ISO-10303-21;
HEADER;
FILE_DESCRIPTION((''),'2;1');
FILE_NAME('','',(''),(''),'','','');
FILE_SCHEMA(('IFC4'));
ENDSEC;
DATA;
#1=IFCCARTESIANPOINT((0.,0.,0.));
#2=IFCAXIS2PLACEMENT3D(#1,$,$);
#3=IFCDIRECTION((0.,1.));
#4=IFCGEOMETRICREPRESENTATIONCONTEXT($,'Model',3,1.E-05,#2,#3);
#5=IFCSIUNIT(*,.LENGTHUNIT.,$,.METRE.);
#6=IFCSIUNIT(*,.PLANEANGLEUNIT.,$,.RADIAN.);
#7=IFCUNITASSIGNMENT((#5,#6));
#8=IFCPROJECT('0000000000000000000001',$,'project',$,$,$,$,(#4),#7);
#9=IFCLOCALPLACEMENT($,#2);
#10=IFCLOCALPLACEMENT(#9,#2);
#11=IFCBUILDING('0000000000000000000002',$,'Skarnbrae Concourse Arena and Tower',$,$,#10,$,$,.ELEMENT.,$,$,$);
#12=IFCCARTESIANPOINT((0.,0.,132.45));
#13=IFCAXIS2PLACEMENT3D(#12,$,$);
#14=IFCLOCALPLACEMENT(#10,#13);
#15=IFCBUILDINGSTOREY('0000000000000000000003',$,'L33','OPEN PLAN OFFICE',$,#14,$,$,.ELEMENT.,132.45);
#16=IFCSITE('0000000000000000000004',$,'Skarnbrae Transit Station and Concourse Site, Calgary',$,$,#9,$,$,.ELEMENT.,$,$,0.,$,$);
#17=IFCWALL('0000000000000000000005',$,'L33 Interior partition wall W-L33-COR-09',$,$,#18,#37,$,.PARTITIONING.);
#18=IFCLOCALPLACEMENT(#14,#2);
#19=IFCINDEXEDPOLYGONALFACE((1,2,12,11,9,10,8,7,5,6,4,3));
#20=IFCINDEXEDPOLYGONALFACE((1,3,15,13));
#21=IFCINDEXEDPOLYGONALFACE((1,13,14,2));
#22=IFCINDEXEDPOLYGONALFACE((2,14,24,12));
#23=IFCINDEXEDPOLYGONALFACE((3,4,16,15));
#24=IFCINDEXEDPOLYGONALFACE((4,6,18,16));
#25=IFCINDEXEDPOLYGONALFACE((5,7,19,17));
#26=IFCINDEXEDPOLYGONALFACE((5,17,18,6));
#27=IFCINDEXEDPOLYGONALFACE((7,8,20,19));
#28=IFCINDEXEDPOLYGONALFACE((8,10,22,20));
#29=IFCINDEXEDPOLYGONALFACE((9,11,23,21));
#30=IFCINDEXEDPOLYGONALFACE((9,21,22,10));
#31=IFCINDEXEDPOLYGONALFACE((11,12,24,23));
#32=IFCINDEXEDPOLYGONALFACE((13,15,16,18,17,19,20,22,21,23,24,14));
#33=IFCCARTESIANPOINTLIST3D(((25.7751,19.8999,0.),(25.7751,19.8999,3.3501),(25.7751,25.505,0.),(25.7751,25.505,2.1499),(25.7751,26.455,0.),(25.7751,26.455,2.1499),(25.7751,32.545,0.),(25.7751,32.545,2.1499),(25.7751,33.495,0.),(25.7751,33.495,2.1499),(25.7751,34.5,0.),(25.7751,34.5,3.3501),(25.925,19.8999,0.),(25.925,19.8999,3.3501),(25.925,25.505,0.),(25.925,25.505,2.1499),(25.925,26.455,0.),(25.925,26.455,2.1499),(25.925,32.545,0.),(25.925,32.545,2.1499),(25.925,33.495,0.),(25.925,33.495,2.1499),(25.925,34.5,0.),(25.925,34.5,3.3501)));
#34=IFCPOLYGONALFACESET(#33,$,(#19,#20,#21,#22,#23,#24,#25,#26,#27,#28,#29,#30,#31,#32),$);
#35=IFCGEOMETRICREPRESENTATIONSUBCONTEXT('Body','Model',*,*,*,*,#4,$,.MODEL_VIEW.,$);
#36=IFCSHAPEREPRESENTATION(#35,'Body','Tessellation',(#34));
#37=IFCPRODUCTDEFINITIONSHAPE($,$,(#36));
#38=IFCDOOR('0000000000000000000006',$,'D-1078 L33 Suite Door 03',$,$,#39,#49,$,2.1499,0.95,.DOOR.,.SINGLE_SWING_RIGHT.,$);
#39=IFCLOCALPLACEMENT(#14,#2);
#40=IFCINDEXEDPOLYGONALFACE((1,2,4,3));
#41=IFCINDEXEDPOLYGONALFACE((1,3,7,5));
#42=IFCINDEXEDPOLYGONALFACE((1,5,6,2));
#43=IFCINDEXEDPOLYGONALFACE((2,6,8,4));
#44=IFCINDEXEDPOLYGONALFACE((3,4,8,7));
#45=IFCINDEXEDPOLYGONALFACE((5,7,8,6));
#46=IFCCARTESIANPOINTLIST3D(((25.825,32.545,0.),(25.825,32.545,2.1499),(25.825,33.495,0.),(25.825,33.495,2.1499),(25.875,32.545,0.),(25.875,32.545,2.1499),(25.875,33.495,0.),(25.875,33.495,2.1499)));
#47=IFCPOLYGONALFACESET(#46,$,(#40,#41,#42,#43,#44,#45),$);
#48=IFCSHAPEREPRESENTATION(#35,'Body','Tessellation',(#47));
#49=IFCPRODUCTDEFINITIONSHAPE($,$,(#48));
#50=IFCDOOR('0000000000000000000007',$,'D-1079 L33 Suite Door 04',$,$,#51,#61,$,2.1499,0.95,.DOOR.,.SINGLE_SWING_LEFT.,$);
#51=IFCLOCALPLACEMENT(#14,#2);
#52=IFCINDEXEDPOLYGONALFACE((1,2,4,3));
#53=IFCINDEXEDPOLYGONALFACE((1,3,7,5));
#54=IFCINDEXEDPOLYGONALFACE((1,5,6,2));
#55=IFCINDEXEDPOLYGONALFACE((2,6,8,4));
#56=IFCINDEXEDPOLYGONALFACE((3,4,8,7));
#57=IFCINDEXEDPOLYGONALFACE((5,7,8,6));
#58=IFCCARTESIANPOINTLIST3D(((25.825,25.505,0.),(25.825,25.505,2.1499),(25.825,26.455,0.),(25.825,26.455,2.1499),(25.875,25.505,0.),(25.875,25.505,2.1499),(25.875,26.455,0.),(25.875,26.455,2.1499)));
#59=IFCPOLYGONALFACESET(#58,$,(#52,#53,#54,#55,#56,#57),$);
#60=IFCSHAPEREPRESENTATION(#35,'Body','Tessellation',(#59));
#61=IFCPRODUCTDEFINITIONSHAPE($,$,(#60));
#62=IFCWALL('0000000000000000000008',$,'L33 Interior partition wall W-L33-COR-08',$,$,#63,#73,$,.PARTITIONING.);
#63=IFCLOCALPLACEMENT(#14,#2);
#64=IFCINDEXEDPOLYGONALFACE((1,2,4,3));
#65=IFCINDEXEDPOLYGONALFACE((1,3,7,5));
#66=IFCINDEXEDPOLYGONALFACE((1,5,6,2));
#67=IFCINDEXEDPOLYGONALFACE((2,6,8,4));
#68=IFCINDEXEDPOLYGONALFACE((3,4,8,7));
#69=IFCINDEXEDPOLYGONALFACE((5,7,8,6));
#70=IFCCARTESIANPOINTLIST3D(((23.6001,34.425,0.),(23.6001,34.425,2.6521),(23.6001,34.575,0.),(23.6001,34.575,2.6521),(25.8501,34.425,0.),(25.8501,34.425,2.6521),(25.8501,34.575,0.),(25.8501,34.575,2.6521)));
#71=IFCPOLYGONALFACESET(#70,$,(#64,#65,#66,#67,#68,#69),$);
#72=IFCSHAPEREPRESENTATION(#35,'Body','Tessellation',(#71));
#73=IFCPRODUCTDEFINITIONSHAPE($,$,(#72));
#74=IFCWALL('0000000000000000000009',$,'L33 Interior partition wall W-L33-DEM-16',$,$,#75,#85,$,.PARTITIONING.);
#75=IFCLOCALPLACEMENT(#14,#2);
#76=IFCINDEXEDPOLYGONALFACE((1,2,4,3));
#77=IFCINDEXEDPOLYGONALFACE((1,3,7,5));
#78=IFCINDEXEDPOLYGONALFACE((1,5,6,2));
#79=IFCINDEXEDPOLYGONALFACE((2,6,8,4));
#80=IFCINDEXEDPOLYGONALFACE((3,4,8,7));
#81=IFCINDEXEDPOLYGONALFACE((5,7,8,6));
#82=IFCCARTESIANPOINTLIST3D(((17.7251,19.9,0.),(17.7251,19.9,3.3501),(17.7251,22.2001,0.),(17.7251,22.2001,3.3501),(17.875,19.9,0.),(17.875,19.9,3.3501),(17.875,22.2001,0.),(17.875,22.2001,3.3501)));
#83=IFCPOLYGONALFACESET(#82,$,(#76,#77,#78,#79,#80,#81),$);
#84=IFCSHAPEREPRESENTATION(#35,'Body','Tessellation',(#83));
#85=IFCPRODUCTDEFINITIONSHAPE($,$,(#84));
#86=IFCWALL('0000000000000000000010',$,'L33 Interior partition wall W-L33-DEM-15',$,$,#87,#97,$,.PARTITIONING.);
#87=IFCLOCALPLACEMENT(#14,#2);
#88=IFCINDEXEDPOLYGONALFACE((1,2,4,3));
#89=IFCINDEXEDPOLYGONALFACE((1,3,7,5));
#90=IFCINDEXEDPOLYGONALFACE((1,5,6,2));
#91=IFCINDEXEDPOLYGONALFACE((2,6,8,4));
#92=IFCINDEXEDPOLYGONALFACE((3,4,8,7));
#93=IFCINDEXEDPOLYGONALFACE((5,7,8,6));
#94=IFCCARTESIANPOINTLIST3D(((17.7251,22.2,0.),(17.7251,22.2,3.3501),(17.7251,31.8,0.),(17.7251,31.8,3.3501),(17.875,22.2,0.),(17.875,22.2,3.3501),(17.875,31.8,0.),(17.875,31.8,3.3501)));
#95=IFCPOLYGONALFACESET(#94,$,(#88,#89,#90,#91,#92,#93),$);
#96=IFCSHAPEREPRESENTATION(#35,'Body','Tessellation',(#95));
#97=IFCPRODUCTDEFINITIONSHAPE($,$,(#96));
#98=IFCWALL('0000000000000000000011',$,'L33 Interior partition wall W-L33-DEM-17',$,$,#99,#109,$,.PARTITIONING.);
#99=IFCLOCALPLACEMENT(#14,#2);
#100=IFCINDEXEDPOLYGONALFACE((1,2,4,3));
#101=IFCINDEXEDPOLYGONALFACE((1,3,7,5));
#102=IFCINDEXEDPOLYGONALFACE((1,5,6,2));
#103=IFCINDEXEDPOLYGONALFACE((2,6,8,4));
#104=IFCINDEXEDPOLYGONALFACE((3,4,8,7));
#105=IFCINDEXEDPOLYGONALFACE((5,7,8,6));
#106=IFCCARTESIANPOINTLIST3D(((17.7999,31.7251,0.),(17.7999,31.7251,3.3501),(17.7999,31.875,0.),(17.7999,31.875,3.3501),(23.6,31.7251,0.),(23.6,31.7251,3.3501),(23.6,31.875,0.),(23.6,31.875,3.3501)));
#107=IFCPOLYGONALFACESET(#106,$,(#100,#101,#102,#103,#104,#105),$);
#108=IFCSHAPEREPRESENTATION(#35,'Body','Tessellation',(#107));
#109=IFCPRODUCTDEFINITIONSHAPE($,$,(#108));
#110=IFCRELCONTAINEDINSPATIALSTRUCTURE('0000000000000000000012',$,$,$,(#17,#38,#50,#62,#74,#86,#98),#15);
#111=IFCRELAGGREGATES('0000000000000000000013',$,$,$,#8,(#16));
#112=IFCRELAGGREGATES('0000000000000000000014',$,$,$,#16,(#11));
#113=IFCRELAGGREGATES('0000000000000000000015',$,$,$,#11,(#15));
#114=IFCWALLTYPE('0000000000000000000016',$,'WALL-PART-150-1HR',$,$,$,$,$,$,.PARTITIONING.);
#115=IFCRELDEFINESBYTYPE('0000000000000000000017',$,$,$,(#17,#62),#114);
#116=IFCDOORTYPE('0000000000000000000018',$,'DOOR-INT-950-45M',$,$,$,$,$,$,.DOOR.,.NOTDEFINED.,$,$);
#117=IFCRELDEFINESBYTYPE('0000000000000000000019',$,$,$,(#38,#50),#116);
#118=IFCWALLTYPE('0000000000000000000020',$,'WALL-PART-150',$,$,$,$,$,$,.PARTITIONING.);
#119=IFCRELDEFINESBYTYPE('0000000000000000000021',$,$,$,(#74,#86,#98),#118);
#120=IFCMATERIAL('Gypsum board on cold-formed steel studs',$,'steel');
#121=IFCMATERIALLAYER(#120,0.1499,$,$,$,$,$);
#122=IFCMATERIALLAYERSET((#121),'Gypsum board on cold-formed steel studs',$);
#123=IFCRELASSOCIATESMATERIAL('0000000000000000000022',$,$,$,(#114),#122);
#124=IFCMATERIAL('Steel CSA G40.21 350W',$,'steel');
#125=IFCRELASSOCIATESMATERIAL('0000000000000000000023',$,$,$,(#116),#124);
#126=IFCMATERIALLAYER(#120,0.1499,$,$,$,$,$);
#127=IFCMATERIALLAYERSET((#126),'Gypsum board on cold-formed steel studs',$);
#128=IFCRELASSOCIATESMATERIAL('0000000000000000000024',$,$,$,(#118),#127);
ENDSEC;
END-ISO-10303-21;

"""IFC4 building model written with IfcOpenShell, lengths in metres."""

from ifc_helpers import new_model, si_unit, direction, frame, frame_2d, origin, place, context, subcontext, project, spatial, rectangle, extrude, source, transform, mapped, material, layer, layer_set, type_object, element, fill, save


model = new_model("IFC4")

# Units and contexts
model_context = context("Model", 3, precision=1e-05, world=origin(), true_north=direction((0.0, 1.0)))
body_context = subcontext(model_context, "Body", "Model", "MODEL_VIEW")
ifc_project = project(units=[si_unit("LENGTHUNIT", "METRE"), si_unit("PLANEANGLEUNIT", "RADIAN")], contexts=[model_context])

# Site, building, storey
site_placement = place(None, origin())
site = spatial("IfcSite", under=ifc_project, at=site_placement, Name="Skarnbrae Transit Station and Concourse Site, Calgary", CompositionType="ELEMENT", RefElevation=0.0)
building_placement = place(site_placement, origin())
building = spatial("IfcBuilding", under=site, at=building_placement, Name="Skarnbrae Concourse Arena and Tower", CompositionType="ELEMENT")
storey_placement = place(building_placement, frame((0.0, 0.0, 132.45)))
storey = spatial("IfcBuildingStorey", under=building, at=storey_placement, Name="L33", Description="OPEN PLAN OFFICE", CompositionType="ELEMENT", Elevation=132.45)

# Shared definitions
ifc_material_1 = material(Name="Steel CSA G40.21 350W", Category="steel")

# Wall, openings, doors
ifc_material_2 = material(Name="Gypsum board on cold-formed steel studs", Category="steel")
ifc_layer_1 = layer(ifc_material_2, 0.1499)
ifc_layer_set_1 = layer_set([ifc_layer_1], Name="Gypsum board on cold-formed steel studs")
wall_type_1 = type_object("IfcWallType", Name="WALL-PART-150-1HR", PredefinedType="PARTITIONING", material=ifc_layer_set_1)
shared_shape_1 = source(origin(), body_context, "Body", "SweptSolid", [
    extrude(rectangle(XDim=14.6001, YDim=0.1499, at=frame_2d((7.3, 0.0))), origin(), (0.0, 0.0, 1.0), 3.3501),
])
wall_1_placement = place(storey_placement, frame((25.8501, 34.5, 0.0), z_axis=(0.0, 0.0, 1.0), x_axis=(0.0, -1.0, 0.0)))
wall_1 = element("IfcWall", 1, at=wall_1_placement, inside=storey, type_object=wall_type_1, Name="L33 Interior partition wall W-L33-COR-09", PredefinedType="PARTITIONING", context=body_context, shape_type="MappedRepresentation", body=[
    mapped(shared_shape_1, transform((0.0, 0.0, 0.0))),
])
opening_1_placement = place(wall_1_placement, frame((1.0049, 0.0, 0.0)))
opening_1 = element("IfcOpeningElement", 2, at=opening_1_placement, cuts=wall_1, PredefinedType="OPENING", context=body_context, shape_type="SweptSolid", body=[
    extrude(rectangle(XDim=0.95, YDim=2.1499, at=frame_2d((0.4751, 1.075))), frame((0.0, 0.085, 0.0), z_axis=(0.0, -1.0, 0.0), x_axis=(1.0, 0.0, 0.0)), (0.0, 0.0, 1.0), 0.1699),
])
opening_2_placement = place(wall_1_placement, frame((8.0449, 0.0, 0.0)))
opening_2 = element("IfcOpeningElement", 3, at=opening_2_placement, cuts=wall_1, PredefinedType="OPENING", context=body_context, shape_type="SweptSolid", body=[
    extrude(rectangle(XDim=0.95, YDim=2.1499, at=frame_2d((0.4751, 1.075))), frame((0.0, 0.085, 0.0), z_axis=(0.0, -1.0, 0.0), x_axis=(1.0, 0.0, 0.0)), (0.0, 0.0, 1.0), 0.1699),
])
door_type = type_object("IfcDoorType", Name="DOOR-INT-950-45M", OperationType="NOTDEFINED", PredefinedType="DOOR", material=ifc_material_1)
shared_shape_2 = source(origin(), body_context, "Body", "SweptSolid", [
    extrude(rectangle(XDim=0.95, YDim=2.1499, at=frame_2d((0.4751, 1.075))), frame((0.0, 0.0249, 0.0), z_axis=(0.0, -1.0, 0.0), x_axis=(1.0, 0.0, 0.0)), (0.0, 0.0, 1.0), 0.05),
])
door_1_placement = place(opening_1_placement, origin())
door_1 = element("IfcDoor", 4, at=door_1_placement, inside=storey, type_object=door_type, Name="D-1078 L33 Suite Door 03", OperationType="SINGLE_SWING_RIGHT", OverallHeight=2.1499, OverallWidth=0.95, PredefinedType="DOOR", context=body_context, shape_type="MappedRepresentation", body=[
    mapped(shared_shape_2, transform((0.0, 0.0, 0.0))),
])
fill(opening_1, door_1)
door_2_placement = place(opening_2_placement, origin())
door_2 = element("IfcDoor", 5, at=door_2_placement, inside=storey, type_object=door_type, Name="D-1079 L33 Suite Door 04", OperationType="SINGLE_SWING_LEFT", OverallHeight=2.1499, OverallWidth=0.95, PredefinedType="DOOR", context=body_context, shape_type="MappedRepresentation", body=[
    mapped(shared_shape_2, transform((0.0, 0.0, 0.0))),
])
fill(opening_2, door_2)

# Walls
shared_shape_3 = source(origin(), body_context, "Body", "SweptSolid", [
    extrude(rectangle(XDim=2.25, YDim=0.1499, at=frame_2d((1.125, 0.0))), origin(), (0.0, 0.0, 1.0), 2.6521),
])
wall_2_placement = place(storey_placement, frame((23.6001, 34.5, 0.0), z_axis=(0.0, 0.0, 1.0), x_axis=(1.0, 0.0, 0.0)))
element("IfcWall", 6, at=wall_2_placement, inside=storey, type_object=wall_type_1, Name="L33 Interior partition wall W-L33-COR-08", PredefinedType="PARTITIONING", context=body_context, shape_type="MappedRepresentation", body=[
    mapped(shared_shape_3, transform((0.0, 0.0, 0.0))),
])
ifc_layer_2 = layer(ifc_material_2, 0.1499)
ifc_layer_set_2 = layer_set([ifc_layer_2], Name="Gypsum board on cold-formed steel studs")
wall_type_2 = type_object("IfcWallType", Name="WALL-PART-150", PredefinedType="PARTITIONING", material=ifc_layer_set_2)
shared_shape_4 = source(origin(), body_context, "Body", "SweptSolid", [
    extrude(rectangle(XDim=2.3, YDim=0.1499, at=frame_2d((1.1499, 0.0))), origin(), (0.0, 0.0, 1.0), 3.3501),
])
wall_3_placement = place(storey_placement, frame((17.8, 22.2, 0.0), z_axis=(0.0, 0.0, 1.0), x_axis=(0.0, -1.0, 0.0)))
element("IfcWall", 7, at=wall_3_placement, inside=storey, type_object=wall_type_2, Name="L33 Interior partition wall W-L33-DEM-16", PredefinedType="PARTITIONING", context=body_context, shape_type="MappedRepresentation", body=[
    mapped(shared_shape_4, transform((0.0, 0.0, 0.0))),
])
shared_shape_5 = source(origin(), body_context, "Body", "SweptSolid", [
    extrude(rectangle(XDim=9.6001, YDim=0.1499, at=frame_2d((4.8, 0.0))), origin(), (0.0, 0.0, 1.0), 3.3501),
])
wall_4_placement = place(storey_placement, frame((17.8, 31.8, 0.0), z_axis=(0.0, 0.0, 1.0), x_axis=(0.0, -1.0, 0.0)))
element("IfcWall", 8, at=wall_4_placement, inside=storey, type_object=wall_type_2, Name="L33 Interior partition wall W-L33-DEM-15", PredefinedType="PARTITIONING", context=body_context, shape_type="MappedRepresentation", body=[
    mapped(shared_shape_5, transform((0.0, 0.0, 0.0))),
])
shared_shape_6 = source(origin(), body_context, "Body", "SweptSolid", [
    extrude(rectangle(XDim=5.8, YDim=0.1499, at=frame_2d((2.8999, 0.0))), origin(), (0.0, 0.0, 1.0), 3.3501),
])
wall_5_placement = place(storey_placement, frame((17.8, 31.8, 0.0), z_axis=(0.0, 0.0, 1.0), x_axis=(1.0, 0.0, 0.0)))
element("IfcWall", 9, at=wall_5_placement, inside=storey, type_object=wall_type_2, Name="L33 Interior partition wall W-L33-DEM-17", PredefinedType="PARTITIONING", context=body_context, shape_type="MappedRepresentation", body=[
    mapped(shared_shape_6, transform((0.0, 0.0, 0.0))),
])

save(model, "model.ifc")
